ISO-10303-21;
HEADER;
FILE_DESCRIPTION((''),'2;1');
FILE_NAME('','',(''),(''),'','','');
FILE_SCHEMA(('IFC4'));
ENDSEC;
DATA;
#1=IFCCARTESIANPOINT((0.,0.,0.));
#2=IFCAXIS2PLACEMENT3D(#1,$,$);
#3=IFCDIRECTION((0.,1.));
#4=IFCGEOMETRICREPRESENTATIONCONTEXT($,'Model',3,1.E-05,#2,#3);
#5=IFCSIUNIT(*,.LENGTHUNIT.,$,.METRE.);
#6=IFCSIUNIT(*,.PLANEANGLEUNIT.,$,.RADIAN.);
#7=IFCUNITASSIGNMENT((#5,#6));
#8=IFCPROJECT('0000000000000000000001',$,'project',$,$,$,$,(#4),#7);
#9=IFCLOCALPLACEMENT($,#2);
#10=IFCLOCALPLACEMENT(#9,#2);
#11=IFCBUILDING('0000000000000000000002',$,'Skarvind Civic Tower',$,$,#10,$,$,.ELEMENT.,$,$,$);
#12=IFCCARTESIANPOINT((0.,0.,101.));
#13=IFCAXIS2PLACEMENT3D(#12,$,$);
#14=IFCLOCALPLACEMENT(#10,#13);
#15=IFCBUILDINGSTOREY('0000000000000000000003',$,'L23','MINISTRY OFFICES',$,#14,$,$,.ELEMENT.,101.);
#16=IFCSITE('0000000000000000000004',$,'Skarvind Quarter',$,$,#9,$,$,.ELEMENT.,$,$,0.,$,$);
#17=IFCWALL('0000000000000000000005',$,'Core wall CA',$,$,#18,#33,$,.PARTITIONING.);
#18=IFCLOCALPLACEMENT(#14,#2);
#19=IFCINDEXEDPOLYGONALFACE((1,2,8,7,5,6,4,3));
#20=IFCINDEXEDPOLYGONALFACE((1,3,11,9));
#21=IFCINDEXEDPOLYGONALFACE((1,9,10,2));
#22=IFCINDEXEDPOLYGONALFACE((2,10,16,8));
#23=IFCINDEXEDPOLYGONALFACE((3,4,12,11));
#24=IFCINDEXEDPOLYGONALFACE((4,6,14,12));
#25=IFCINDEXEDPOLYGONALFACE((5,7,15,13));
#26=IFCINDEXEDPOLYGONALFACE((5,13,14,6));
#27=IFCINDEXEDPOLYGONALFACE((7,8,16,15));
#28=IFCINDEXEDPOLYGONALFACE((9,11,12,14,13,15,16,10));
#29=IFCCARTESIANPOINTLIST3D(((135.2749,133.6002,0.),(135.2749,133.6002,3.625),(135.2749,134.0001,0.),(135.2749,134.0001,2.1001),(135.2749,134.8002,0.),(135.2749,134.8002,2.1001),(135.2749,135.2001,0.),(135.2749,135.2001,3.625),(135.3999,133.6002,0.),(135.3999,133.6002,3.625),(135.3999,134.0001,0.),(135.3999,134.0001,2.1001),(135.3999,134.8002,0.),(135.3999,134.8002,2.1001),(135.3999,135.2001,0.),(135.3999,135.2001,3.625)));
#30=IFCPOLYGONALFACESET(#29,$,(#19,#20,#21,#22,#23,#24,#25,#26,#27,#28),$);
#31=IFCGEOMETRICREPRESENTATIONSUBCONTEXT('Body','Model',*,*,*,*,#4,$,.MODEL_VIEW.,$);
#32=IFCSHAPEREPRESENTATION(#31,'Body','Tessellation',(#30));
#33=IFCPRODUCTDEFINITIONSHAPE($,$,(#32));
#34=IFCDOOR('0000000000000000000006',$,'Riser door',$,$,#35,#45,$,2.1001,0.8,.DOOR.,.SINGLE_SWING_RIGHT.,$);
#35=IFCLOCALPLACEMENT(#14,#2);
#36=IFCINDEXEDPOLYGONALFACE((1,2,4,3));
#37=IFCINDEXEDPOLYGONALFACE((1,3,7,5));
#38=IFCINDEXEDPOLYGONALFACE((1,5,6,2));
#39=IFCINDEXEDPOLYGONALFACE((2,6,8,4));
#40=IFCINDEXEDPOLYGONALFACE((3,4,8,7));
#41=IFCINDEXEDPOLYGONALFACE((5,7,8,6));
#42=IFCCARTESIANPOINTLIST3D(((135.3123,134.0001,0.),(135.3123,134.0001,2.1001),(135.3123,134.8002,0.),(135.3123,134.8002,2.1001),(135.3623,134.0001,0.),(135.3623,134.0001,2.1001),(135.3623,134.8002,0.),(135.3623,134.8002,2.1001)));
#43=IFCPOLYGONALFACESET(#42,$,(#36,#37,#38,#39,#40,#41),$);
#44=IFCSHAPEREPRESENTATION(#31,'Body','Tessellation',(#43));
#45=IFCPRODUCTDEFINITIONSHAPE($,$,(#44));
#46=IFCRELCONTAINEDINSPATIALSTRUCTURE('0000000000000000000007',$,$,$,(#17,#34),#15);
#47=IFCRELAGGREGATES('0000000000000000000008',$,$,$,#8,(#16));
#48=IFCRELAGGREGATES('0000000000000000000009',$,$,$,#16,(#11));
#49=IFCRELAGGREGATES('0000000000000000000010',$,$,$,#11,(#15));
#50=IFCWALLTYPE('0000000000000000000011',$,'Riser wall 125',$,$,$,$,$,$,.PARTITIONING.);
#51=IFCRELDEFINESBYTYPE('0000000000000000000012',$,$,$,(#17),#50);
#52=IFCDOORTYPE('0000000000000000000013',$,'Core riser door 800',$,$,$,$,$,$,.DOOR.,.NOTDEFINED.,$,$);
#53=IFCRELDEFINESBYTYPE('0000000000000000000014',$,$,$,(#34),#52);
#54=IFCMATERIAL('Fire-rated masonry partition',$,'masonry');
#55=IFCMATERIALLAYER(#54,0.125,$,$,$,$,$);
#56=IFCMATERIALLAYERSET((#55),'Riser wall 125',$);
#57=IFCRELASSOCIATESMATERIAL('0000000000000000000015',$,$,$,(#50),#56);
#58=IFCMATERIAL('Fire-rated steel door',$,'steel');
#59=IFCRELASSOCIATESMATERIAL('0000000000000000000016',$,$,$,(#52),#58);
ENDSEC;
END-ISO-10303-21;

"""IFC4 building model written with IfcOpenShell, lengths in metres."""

from ifc_helpers import new_model, si_unit, direction, frame, frame_2d, origin, place, context, subcontext, project, spatial, rectangle, extrude, material, layer, layer_set, type_object, element, fill, save


model = new_model("IFC4")

# Units and contexts
model_context = context("Model", 3, precision=1e-05, world=origin(), true_north=direction((0.0, 1.0)))
body_context = subcontext(model_context, "Body", "Model", "MODEL_VIEW")
ifc_project = project(units=[si_unit("LENGTHUNIT", "METRE"), si_unit("PLANEANGLEUNIT", "RADIAN")], contexts=[model_context])

# Site, building, storey
site_placement = place(None, origin())
site = spatial("IfcSite", under=ifc_project, at=site_placement, Name="Skarvind Quarter", CompositionType="ELEMENT", RefElevation=0.0)
building_placement = place(site_placement, origin())
building = spatial("IfcBuilding", under=site, at=building_placement, Name="Skarvind Civic Tower", CompositionType="ELEMENT")
storey_placement = place(building_placement, frame((0.0, 0.0, 101.0)))
storey = spatial("IfcBuildingStorey", under=building, at=storey_placement, Name="L23", Description="MINISTRY OFFICES", CompositionType="ELEMENT", Elevation=101.0)

# Shared definitions
ifc_material_1 = material(Name="Fire-rated masonry partition", Category="masonry")
ifc_material_2 = material(Name="Fire-rated steel door", Category="steel")

# Wall, opening, door
ifc_layer_1 = layer(ifc_material_1, 0.125)
ifc_layer_set_1 = layer_set([ifc_layer_1], Name="Riser wall 125")
wall_type_1 = type_object("IfcWallType", Name="Riser wall 125", PredefinedType="PARTITIONING", material=ifc_layer_set_1)
wall_1_placement = place(storey_placement, frame((135.3374, 135.2, 0.0), z_axis=(0.0, 0.0, 1.0), x_axis=(0.0, -1.0, 0.0)))
wall_1 = element("IfcWall", 1, at=wall_1_placement, inside=storey, type_object=wall_type_1, Name="Core wall CA", PredefinedType="PARTITIONING", context=body_context, shape_type="SweptSolid", body=[
    extrude(rectangle(XDim=1.5999, YDim=0.125, at=frame_2d((0.7998, 0.0))), origin(), (0.0, 0.0, 1.0), 3.625),
])
opening_1_placement = place(wall_1_placement, frame((0.3999, 0.0, 0.0)))
opening_1 = element("IfcOpeningElement", 2, at=opening_1_placement, cuts=wall_1, PredefinedType="OPENING", context=body_context, shape_type="SweptSolid", body=[
    extrude(rectangle(XDim=0.8, YDim=2.1001, at=frame_2d((0.3999, 1.05))), frame((0.0, 0.0725, 0.0), z_axis=(0.0, -1.0, 0.0), x_axis=(1.0, 0.0, 0.0)), (0.0, 0.0, 1.0), 0.145),
])
door_type_1 = type_object("IfcDoorType", Name="Core riser door 800", OperationType="NOTDEFINED", PredefinedType="DOOR", material=ifc_material_2)
door_1_placement = place(opening_1_placement, origin())
door_1 = element("IfcDoor", 3, at=door_1_placement, inside=storey, type_object=door_type_1, Name="Riser door", OperationType="SINGLE_SWING_RIGHT", OverallHeight=2.1001, OverallWidth=0.8, PredefinedType="DOOR", context=body_context, shape_type="SweptSolid", body=[
    extrude(rectangle(XDim=0.8, YDim=2.1001, at=frame_2d((0.3999, 1.05))), frame((0.0, 0.0249, 0.0), z_axis=(0.0, -1.0, 0.0), x_axis=(1.0, 0.0, 0.0)), (0.0, 0.0, 1.0), 0.05),
])
fill(opening_1, door_1)

save(model, "model.ifc")
